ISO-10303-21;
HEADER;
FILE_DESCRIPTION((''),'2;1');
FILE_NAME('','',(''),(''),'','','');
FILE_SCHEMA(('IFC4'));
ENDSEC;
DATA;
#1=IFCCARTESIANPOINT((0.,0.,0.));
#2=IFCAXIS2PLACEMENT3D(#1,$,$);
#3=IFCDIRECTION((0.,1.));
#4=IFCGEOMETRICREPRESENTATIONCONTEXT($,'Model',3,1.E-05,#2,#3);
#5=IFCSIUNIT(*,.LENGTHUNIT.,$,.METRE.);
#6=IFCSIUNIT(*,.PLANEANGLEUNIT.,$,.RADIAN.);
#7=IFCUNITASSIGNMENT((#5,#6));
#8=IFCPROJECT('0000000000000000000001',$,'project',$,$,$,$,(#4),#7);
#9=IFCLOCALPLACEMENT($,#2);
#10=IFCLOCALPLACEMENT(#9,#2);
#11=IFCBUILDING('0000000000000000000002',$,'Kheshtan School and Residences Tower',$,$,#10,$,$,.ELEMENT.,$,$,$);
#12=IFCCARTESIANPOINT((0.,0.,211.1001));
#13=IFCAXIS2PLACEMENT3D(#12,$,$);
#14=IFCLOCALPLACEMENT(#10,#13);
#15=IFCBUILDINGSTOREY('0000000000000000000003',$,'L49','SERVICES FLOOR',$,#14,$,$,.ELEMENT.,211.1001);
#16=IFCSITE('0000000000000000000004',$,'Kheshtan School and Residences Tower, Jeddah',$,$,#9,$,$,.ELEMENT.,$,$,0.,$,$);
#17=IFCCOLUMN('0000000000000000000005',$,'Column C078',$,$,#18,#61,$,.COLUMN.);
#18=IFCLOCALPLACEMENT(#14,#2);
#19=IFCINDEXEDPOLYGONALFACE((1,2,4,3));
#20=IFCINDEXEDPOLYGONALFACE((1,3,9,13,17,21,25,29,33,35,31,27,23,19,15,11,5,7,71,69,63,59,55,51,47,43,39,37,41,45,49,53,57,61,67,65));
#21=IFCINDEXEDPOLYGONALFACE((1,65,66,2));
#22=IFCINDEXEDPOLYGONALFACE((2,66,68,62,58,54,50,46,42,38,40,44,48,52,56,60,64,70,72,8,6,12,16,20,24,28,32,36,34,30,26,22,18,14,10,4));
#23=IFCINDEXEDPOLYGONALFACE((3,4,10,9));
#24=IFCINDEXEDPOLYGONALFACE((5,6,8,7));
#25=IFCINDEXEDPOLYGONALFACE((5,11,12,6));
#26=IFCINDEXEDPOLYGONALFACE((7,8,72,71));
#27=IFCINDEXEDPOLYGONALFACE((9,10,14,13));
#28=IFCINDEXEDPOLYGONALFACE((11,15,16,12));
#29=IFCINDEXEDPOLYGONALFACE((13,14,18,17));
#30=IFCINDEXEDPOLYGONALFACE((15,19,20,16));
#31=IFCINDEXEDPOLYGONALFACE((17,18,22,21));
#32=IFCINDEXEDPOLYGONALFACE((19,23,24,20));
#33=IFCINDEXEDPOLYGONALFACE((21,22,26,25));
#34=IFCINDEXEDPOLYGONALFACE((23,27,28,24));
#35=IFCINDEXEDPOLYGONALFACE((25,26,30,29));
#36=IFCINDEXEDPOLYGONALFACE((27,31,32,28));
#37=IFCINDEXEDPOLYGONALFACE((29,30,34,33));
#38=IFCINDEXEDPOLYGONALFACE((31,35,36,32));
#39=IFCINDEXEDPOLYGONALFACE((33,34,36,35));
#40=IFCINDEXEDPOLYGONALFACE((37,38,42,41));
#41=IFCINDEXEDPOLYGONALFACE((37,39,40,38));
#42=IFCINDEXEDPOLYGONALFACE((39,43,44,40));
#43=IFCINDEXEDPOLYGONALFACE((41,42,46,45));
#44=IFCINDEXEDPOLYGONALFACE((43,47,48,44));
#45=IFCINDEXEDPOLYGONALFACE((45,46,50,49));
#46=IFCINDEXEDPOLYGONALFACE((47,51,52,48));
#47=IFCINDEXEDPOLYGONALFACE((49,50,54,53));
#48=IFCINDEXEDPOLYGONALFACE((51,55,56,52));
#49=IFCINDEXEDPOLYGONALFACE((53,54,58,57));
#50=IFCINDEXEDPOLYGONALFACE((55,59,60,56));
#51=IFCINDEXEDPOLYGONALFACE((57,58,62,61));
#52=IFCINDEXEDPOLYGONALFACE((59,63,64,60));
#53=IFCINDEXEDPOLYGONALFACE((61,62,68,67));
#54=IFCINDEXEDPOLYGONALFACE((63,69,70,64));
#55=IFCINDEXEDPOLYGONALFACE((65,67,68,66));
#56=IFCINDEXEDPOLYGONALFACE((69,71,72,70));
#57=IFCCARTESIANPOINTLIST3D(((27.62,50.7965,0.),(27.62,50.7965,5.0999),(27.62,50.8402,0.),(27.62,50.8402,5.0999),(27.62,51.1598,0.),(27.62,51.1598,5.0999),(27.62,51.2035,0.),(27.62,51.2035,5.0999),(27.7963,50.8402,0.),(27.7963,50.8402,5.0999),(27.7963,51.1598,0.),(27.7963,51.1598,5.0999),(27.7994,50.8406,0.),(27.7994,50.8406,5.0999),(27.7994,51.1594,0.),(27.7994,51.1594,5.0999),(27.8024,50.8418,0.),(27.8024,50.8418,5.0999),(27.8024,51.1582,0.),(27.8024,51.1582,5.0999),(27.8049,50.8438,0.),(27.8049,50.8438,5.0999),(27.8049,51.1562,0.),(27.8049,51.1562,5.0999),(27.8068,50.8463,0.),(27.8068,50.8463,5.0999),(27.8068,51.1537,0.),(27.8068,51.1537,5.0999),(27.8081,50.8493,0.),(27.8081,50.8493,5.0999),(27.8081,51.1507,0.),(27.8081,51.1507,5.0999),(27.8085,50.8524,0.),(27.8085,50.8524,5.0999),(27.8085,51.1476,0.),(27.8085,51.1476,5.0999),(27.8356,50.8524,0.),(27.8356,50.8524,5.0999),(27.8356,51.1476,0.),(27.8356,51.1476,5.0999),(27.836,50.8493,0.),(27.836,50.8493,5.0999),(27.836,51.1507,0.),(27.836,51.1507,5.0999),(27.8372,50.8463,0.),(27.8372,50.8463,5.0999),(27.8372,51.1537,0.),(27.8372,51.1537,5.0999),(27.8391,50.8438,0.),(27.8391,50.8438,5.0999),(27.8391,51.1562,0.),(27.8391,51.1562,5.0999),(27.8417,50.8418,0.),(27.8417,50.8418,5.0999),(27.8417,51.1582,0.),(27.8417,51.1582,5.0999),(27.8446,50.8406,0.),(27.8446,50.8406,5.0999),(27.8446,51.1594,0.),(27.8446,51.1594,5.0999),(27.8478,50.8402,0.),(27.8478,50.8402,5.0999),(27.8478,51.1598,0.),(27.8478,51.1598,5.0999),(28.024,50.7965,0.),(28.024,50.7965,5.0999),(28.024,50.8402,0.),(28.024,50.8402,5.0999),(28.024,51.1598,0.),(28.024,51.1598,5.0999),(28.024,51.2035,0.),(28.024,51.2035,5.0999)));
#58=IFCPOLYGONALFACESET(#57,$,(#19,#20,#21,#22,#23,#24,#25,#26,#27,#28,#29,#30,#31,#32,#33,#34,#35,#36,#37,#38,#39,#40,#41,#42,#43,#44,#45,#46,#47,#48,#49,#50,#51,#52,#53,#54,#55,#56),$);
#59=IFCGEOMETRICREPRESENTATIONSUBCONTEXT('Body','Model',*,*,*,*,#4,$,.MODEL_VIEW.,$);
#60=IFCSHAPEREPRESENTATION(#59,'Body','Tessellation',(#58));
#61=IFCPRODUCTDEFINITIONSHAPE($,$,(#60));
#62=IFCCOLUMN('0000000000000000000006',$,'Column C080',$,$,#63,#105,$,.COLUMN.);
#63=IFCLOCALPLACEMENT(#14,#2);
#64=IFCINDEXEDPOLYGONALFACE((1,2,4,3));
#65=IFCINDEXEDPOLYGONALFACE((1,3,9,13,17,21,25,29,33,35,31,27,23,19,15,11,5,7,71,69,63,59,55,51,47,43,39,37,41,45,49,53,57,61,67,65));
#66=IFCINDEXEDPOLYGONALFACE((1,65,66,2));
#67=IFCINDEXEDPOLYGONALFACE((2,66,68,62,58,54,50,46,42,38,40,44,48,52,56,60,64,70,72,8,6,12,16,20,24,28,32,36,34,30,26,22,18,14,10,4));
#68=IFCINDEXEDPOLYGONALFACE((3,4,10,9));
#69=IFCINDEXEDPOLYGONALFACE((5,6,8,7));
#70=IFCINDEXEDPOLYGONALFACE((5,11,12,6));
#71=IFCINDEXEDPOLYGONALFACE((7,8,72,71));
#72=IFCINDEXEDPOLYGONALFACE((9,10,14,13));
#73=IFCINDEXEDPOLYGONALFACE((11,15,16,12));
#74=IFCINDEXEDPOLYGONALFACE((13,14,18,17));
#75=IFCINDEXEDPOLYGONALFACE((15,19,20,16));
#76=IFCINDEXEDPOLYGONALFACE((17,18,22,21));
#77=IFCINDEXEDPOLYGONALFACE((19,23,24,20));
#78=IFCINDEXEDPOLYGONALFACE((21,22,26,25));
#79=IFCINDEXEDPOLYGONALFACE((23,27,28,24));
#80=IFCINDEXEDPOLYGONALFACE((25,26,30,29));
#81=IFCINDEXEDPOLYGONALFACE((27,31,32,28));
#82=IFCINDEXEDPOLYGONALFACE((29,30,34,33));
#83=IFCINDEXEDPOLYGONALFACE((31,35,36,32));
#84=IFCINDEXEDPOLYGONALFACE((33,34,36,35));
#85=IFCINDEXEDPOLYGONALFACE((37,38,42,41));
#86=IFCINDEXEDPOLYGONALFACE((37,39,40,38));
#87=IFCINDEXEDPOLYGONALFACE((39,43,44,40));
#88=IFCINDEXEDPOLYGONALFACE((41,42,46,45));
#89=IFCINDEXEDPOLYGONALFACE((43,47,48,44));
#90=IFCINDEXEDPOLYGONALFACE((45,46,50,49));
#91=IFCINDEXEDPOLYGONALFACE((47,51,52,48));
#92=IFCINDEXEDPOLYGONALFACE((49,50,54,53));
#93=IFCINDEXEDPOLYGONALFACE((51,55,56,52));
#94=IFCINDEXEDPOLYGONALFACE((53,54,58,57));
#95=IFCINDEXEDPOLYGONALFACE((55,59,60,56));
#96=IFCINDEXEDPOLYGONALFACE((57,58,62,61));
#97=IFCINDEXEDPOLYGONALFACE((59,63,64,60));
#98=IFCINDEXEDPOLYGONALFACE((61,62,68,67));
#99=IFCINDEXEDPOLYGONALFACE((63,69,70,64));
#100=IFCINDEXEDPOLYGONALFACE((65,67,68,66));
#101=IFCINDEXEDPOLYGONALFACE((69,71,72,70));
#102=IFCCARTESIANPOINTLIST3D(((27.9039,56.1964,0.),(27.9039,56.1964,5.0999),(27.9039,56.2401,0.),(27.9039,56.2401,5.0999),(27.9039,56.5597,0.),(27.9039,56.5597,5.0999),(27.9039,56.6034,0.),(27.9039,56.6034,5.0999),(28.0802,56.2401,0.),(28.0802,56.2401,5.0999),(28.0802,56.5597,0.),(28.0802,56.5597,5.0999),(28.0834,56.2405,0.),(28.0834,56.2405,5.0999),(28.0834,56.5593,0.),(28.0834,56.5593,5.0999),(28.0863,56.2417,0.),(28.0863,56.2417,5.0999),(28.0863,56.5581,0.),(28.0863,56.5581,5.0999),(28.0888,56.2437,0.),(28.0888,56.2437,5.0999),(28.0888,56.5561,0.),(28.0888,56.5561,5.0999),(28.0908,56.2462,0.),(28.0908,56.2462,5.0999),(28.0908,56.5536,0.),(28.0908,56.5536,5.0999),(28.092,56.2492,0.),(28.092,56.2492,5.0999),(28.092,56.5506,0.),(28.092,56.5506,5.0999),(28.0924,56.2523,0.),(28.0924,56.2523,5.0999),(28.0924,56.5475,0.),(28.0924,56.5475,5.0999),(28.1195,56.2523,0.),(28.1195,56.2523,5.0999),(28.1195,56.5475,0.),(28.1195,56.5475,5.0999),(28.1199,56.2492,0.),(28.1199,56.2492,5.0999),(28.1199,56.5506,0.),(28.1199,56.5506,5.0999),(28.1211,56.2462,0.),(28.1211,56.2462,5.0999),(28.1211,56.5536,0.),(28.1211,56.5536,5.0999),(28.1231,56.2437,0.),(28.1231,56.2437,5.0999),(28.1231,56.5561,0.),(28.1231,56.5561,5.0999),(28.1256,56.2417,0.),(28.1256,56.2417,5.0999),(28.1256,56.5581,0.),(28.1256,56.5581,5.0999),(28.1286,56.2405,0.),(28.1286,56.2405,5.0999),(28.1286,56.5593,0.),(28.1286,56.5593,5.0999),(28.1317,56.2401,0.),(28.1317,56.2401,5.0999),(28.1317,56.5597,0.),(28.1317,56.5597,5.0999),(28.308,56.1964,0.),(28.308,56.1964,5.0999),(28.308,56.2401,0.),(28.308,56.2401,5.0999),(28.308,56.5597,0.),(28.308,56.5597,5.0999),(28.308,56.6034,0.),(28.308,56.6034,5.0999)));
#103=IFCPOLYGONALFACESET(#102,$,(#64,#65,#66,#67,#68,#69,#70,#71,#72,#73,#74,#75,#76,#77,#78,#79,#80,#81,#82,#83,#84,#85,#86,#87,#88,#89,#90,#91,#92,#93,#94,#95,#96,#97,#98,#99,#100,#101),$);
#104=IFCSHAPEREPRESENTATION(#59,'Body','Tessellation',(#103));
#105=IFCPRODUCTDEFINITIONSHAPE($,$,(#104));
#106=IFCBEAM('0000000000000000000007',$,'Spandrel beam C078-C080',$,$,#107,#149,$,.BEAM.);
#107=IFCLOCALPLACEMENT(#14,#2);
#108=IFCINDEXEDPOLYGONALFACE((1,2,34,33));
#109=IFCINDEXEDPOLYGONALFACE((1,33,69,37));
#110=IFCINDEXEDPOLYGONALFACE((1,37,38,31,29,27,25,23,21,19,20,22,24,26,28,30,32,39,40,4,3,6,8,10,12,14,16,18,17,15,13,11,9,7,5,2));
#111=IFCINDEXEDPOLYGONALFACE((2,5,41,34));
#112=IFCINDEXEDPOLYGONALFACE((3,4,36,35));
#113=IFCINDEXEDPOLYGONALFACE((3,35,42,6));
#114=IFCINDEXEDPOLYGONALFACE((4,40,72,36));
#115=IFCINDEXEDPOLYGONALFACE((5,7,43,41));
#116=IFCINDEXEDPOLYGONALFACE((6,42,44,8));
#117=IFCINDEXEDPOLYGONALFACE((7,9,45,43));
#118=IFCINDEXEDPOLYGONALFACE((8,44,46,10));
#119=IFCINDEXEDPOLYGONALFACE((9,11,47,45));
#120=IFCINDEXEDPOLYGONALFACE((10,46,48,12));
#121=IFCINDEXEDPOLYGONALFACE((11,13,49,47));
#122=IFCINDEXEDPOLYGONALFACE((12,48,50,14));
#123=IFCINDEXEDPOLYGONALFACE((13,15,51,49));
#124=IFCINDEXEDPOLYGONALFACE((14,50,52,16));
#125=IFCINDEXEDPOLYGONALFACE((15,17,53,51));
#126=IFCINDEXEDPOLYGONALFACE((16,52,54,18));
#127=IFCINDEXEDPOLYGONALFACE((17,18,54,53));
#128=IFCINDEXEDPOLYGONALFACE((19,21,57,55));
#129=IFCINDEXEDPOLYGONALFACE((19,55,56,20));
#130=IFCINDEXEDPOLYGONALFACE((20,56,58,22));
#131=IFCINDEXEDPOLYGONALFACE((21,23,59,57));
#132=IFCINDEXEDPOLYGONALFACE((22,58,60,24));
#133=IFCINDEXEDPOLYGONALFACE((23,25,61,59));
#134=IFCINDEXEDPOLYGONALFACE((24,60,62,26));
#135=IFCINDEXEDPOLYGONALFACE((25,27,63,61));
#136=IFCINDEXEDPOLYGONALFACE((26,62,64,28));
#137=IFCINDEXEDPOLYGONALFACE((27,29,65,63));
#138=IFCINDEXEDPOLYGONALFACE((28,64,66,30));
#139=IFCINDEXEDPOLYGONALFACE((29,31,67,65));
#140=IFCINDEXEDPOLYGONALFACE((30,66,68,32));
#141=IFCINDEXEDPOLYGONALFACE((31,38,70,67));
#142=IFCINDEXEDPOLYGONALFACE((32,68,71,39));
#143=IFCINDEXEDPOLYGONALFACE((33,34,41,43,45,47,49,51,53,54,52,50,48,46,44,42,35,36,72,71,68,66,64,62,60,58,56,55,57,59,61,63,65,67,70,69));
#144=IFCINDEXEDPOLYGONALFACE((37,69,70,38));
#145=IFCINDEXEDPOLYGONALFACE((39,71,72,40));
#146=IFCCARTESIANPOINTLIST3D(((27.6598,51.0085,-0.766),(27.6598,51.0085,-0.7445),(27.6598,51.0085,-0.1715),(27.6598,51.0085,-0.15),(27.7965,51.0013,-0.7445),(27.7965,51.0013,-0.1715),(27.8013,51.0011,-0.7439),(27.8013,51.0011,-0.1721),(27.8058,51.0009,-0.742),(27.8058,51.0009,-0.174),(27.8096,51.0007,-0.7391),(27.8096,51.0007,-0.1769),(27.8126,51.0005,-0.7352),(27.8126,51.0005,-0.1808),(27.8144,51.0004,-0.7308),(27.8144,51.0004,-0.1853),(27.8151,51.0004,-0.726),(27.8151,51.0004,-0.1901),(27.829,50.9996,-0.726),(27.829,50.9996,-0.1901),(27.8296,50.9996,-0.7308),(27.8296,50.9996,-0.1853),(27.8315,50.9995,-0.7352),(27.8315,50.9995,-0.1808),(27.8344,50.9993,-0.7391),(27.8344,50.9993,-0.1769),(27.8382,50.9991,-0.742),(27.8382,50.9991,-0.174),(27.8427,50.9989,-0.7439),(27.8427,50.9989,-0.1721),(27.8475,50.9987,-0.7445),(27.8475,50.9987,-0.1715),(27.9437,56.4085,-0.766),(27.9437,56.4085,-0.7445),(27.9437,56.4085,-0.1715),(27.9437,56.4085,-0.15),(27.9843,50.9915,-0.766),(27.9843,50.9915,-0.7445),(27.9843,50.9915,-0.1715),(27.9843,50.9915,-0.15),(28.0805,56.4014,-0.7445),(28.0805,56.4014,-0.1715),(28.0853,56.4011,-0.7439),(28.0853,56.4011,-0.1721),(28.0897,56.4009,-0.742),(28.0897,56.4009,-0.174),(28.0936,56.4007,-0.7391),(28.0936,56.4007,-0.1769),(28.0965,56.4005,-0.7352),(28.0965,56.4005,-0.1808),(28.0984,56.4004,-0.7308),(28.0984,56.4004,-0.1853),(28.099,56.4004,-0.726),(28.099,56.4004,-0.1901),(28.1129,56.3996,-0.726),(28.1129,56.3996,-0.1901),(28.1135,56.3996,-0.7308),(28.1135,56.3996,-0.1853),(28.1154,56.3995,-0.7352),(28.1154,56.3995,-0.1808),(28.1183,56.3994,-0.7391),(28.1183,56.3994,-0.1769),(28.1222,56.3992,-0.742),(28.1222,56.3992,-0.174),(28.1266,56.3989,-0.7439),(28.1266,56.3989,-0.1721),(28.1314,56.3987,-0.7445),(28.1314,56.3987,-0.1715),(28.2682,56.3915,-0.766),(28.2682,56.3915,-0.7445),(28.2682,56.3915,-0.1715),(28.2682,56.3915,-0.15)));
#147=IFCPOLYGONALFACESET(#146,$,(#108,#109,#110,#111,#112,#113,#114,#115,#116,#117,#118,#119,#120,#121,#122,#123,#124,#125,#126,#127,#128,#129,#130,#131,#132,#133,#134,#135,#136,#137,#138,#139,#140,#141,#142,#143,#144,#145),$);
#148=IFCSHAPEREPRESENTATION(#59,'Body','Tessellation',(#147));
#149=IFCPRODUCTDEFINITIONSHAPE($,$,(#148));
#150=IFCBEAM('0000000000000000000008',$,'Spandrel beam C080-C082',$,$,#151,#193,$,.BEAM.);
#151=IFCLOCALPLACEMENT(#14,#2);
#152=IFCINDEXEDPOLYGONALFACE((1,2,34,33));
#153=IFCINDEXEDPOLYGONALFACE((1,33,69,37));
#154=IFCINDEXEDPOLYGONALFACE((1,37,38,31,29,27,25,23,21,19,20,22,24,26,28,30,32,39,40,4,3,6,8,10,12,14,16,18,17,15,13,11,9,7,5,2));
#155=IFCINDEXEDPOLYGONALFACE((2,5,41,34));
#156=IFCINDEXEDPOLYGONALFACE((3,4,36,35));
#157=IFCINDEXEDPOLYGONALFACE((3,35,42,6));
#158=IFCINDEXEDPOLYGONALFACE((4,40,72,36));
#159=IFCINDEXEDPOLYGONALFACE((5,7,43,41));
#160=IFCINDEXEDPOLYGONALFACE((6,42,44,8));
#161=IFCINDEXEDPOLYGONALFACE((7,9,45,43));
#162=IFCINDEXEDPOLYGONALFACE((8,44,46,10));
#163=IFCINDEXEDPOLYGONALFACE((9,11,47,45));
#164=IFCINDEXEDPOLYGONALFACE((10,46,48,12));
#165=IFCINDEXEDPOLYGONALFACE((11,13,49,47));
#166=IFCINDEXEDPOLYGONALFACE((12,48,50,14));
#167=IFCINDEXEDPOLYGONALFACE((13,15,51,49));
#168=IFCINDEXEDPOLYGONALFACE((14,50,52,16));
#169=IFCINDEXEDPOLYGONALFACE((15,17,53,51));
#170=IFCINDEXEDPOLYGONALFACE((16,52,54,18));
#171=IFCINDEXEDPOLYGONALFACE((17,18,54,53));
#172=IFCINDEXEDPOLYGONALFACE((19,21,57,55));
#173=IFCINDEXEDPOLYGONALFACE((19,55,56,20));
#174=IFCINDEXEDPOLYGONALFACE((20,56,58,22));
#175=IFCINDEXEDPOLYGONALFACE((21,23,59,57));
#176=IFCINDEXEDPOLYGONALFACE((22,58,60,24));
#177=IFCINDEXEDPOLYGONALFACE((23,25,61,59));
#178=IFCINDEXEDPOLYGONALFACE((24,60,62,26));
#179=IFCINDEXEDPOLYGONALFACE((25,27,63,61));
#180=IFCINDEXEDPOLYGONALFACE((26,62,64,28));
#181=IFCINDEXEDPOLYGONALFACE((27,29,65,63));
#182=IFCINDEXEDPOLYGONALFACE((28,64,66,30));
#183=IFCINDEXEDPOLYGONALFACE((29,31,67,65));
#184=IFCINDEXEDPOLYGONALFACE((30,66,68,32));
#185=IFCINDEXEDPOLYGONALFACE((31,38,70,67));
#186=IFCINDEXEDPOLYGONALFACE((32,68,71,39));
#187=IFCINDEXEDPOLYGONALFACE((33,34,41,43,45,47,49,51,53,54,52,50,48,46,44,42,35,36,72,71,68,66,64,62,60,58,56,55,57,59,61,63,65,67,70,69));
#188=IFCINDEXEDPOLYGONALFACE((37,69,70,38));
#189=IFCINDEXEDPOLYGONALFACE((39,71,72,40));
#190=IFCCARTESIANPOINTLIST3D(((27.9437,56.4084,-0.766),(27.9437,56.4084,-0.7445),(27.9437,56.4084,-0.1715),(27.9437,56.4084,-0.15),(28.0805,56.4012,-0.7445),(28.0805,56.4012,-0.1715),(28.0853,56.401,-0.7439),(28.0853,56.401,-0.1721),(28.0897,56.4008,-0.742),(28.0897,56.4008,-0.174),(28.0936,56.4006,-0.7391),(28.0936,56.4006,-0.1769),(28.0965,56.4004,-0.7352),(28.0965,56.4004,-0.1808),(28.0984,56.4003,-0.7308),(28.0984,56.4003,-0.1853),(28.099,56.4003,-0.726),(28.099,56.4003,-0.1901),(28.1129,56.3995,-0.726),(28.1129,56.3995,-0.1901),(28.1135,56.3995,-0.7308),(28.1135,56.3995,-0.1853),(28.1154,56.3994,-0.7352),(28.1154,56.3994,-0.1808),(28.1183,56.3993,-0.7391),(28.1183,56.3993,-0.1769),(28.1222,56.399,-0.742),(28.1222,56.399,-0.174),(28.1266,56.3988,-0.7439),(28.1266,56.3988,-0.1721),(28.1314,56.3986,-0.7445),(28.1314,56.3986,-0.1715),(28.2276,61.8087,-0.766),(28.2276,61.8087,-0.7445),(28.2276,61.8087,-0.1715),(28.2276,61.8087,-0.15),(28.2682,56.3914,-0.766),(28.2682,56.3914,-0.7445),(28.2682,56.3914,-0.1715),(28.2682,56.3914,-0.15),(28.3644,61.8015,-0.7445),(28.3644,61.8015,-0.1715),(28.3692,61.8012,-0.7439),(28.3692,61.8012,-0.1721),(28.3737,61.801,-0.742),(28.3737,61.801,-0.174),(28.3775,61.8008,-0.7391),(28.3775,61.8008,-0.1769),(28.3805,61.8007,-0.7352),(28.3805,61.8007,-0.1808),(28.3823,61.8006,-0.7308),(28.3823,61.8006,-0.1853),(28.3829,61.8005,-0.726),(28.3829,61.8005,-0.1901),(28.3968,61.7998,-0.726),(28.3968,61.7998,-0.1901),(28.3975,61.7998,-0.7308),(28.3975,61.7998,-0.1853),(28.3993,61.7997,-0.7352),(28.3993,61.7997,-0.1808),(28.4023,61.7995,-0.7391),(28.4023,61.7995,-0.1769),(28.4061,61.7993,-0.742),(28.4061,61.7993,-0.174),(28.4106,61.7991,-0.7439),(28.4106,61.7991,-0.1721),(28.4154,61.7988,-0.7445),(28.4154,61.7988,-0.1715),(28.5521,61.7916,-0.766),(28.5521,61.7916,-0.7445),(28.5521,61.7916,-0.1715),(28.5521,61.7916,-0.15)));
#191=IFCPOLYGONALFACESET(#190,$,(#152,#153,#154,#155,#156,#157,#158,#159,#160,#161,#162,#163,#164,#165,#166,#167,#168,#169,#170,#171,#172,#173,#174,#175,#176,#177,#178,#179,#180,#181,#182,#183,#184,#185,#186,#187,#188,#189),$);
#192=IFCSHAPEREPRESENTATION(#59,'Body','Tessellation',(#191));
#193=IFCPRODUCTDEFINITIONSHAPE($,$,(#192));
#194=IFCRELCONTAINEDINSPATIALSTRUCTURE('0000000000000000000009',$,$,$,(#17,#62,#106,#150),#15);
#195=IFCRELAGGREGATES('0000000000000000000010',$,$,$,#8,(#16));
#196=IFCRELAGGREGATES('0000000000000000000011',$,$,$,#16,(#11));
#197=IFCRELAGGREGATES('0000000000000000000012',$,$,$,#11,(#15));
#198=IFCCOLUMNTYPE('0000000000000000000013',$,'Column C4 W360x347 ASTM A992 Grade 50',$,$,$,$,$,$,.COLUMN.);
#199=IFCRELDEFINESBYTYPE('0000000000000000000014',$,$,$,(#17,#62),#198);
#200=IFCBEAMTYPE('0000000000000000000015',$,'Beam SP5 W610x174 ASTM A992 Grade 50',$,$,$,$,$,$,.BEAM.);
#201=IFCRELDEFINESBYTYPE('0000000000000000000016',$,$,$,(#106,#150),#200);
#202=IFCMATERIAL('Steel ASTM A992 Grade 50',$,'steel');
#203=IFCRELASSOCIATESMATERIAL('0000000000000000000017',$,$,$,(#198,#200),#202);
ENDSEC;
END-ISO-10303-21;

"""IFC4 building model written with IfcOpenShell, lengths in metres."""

from ifc_helpers import new_model, si_unit, direction, frame, origin, origin_2d, place, context, subcontext, project, spatial, i_section, extrude, material, material_profile, profile_set, type_object, element, save


model = new_model("IFC4")

# Units and contexts
model_context = context("Model", 3, precision=1e-05, world=origin(), true_north=direction((0.0, 1.0)))
body_context = subcontext(model_context, "Body", "Model", "MODEL_VIEW")
ifc_project = project(units=[si_unit("LENGTHUNIT", "METRE"), si_unit("PLANEANGLEUNIT", "RADIAN")], contexts=[model_context])

# Site, building, storey
site_placement = place(None, origin())
site = spatial("IfcSite", under=ifc_project, at=site_placement, Name="Kheshtan School and Residences Tower, Jeddah", CompositionType="ELEMENT", RefElevation=0.0)
building_placement = place(site_placement, origin())
building = spatial("IfcBuilding", under=site, at=building_placement, Name="Kheshtan School and Residences Tower", CompositionType="ELEMENT")
storey_placement = place(building_placement, frame((0.0, 0.0, 211.1001)))
storey = spatial("IfcBuildingStorey", under=building, at=storey_placement, Name="L49", Description="SERVICES FLOOR", CompositionType="ELEMENT", Elevation=211.1001)

# Columns
ifc_material_1 = material(Name="Steel ASTM A992 Grade 50", Category="steel")
ifc_material_profile_1 = material_profile(ifc_material_1, i_section(OverallWidth=0.4041, OverallDepth=0.407, WebThickness=0.0271, FlangeThickness=0.0437, FilletRadius=0.0122, at=origin_2d()), Name="W360x347")
ifc_profile_set_1 = profile_set([ifc_material_profile_1], Name="Steel ASTM A992 Grade 50")
column_type = type_object("IfcColumnType", Name="Column C4 W360x347 ASTM A992 Grade 50", PredefinedType="COLUMN", material=ifc_profile_set_1)
for number, where, z_axis, x_axis, name in (
    (1, (27.822, 51.0, 0.0), (0.0, 0.0, 1.0), (1.0, 0.0, 0.0), "Column C078"),
    (2, (28.106, 56.3999, 0.0), (0.0, 0.0, 1.0), (1.0, 0.0, 0.0), "Column C080"),
):
    element("IfcColumn", number, at=place(storey_placement, frame(where, z_axis=z_axis, x_axis=x_axis)), inside=storey, type_object=column_type, Name=name, PredefinedType="COLUMN", context=body_context, shape_type="SweptSolid", body=[
        extrude(i_section(OverallWidth=0.4041, OverallDepth=0.407, WebThickness=0.0271, FlangeThickness=0.0437, FilletRadius=0.0122, at=origin_2d()), origin(), (0.0, 0.0, 1.0), 5.0999),
    ])

# Beams
ifc_material_profile_2 = material_profile(ifc_material_1, i_section(OverallWidth=0.325, OverallDepth=0.616, WebThickness=0.0139, FlangeThickness=0.0215, FilletRadius=0.0186, at=origin_2d()), Name="W610x174")
ifc_profile_set_2 = profile_set([ifc_material_profile_2], Name="Steel ASTM A992 Grade 50")
beam_type = type_object("IfcBeamType", Name="Beam SP5 W610x174 ASTM A992 Grade 50", PredefinedType="BEAM", material=ifc_profile_set_2)
beam_1_placement = place(storey_placement, frame((27.822, 51.0, -0.458), z_axis=(0.052509, 0.99862, 0.0), x_axis=(-0.99862, 0.052509, 0.0)))
element("IfcBeam", 3, at=beam_1_placement, inside=storey, type_object=beam_type, Name="Spandrel beam C078-C080", PredefinedType="BEAM", context=body_context, shape_type="SweptSolid", body=[
    extrude(i_section(OverallWidth=0.325, OverallDepth=0.616, WebThickness=0.0139, FlangeThickness=0.0215, FilletRadius=0.0186, at=origin_2d()), origin(), (0.0, 0.0, 1.0), 5.4075),
])
beam_2_placement = place(storey_placement, frame((28.106, 56.3999, -0.458), z_axis=(0.052507, 0.998621, 0.0), x_axis=(-0.998621, 0.052507, 0.0)))
element("IfcBeam", 4, at=beam_2_placement, inside=storey, type_object=beam_type, Name="Spandrel beam C080-C082", PredefinedType="BEAM", context=body_context, shape_type="SweptSolid", body=[
    extrude(i_section(OverallWidth=0.325, OverallDepth=0.616, WebThickness=0.0139, FlangeThickness=0.0215, FilletRadius=0.0186, at=origin_2d()), origin(), (0.0, 0.0, 1.0), 5.4077),
])

save(model, "model.ifc")
